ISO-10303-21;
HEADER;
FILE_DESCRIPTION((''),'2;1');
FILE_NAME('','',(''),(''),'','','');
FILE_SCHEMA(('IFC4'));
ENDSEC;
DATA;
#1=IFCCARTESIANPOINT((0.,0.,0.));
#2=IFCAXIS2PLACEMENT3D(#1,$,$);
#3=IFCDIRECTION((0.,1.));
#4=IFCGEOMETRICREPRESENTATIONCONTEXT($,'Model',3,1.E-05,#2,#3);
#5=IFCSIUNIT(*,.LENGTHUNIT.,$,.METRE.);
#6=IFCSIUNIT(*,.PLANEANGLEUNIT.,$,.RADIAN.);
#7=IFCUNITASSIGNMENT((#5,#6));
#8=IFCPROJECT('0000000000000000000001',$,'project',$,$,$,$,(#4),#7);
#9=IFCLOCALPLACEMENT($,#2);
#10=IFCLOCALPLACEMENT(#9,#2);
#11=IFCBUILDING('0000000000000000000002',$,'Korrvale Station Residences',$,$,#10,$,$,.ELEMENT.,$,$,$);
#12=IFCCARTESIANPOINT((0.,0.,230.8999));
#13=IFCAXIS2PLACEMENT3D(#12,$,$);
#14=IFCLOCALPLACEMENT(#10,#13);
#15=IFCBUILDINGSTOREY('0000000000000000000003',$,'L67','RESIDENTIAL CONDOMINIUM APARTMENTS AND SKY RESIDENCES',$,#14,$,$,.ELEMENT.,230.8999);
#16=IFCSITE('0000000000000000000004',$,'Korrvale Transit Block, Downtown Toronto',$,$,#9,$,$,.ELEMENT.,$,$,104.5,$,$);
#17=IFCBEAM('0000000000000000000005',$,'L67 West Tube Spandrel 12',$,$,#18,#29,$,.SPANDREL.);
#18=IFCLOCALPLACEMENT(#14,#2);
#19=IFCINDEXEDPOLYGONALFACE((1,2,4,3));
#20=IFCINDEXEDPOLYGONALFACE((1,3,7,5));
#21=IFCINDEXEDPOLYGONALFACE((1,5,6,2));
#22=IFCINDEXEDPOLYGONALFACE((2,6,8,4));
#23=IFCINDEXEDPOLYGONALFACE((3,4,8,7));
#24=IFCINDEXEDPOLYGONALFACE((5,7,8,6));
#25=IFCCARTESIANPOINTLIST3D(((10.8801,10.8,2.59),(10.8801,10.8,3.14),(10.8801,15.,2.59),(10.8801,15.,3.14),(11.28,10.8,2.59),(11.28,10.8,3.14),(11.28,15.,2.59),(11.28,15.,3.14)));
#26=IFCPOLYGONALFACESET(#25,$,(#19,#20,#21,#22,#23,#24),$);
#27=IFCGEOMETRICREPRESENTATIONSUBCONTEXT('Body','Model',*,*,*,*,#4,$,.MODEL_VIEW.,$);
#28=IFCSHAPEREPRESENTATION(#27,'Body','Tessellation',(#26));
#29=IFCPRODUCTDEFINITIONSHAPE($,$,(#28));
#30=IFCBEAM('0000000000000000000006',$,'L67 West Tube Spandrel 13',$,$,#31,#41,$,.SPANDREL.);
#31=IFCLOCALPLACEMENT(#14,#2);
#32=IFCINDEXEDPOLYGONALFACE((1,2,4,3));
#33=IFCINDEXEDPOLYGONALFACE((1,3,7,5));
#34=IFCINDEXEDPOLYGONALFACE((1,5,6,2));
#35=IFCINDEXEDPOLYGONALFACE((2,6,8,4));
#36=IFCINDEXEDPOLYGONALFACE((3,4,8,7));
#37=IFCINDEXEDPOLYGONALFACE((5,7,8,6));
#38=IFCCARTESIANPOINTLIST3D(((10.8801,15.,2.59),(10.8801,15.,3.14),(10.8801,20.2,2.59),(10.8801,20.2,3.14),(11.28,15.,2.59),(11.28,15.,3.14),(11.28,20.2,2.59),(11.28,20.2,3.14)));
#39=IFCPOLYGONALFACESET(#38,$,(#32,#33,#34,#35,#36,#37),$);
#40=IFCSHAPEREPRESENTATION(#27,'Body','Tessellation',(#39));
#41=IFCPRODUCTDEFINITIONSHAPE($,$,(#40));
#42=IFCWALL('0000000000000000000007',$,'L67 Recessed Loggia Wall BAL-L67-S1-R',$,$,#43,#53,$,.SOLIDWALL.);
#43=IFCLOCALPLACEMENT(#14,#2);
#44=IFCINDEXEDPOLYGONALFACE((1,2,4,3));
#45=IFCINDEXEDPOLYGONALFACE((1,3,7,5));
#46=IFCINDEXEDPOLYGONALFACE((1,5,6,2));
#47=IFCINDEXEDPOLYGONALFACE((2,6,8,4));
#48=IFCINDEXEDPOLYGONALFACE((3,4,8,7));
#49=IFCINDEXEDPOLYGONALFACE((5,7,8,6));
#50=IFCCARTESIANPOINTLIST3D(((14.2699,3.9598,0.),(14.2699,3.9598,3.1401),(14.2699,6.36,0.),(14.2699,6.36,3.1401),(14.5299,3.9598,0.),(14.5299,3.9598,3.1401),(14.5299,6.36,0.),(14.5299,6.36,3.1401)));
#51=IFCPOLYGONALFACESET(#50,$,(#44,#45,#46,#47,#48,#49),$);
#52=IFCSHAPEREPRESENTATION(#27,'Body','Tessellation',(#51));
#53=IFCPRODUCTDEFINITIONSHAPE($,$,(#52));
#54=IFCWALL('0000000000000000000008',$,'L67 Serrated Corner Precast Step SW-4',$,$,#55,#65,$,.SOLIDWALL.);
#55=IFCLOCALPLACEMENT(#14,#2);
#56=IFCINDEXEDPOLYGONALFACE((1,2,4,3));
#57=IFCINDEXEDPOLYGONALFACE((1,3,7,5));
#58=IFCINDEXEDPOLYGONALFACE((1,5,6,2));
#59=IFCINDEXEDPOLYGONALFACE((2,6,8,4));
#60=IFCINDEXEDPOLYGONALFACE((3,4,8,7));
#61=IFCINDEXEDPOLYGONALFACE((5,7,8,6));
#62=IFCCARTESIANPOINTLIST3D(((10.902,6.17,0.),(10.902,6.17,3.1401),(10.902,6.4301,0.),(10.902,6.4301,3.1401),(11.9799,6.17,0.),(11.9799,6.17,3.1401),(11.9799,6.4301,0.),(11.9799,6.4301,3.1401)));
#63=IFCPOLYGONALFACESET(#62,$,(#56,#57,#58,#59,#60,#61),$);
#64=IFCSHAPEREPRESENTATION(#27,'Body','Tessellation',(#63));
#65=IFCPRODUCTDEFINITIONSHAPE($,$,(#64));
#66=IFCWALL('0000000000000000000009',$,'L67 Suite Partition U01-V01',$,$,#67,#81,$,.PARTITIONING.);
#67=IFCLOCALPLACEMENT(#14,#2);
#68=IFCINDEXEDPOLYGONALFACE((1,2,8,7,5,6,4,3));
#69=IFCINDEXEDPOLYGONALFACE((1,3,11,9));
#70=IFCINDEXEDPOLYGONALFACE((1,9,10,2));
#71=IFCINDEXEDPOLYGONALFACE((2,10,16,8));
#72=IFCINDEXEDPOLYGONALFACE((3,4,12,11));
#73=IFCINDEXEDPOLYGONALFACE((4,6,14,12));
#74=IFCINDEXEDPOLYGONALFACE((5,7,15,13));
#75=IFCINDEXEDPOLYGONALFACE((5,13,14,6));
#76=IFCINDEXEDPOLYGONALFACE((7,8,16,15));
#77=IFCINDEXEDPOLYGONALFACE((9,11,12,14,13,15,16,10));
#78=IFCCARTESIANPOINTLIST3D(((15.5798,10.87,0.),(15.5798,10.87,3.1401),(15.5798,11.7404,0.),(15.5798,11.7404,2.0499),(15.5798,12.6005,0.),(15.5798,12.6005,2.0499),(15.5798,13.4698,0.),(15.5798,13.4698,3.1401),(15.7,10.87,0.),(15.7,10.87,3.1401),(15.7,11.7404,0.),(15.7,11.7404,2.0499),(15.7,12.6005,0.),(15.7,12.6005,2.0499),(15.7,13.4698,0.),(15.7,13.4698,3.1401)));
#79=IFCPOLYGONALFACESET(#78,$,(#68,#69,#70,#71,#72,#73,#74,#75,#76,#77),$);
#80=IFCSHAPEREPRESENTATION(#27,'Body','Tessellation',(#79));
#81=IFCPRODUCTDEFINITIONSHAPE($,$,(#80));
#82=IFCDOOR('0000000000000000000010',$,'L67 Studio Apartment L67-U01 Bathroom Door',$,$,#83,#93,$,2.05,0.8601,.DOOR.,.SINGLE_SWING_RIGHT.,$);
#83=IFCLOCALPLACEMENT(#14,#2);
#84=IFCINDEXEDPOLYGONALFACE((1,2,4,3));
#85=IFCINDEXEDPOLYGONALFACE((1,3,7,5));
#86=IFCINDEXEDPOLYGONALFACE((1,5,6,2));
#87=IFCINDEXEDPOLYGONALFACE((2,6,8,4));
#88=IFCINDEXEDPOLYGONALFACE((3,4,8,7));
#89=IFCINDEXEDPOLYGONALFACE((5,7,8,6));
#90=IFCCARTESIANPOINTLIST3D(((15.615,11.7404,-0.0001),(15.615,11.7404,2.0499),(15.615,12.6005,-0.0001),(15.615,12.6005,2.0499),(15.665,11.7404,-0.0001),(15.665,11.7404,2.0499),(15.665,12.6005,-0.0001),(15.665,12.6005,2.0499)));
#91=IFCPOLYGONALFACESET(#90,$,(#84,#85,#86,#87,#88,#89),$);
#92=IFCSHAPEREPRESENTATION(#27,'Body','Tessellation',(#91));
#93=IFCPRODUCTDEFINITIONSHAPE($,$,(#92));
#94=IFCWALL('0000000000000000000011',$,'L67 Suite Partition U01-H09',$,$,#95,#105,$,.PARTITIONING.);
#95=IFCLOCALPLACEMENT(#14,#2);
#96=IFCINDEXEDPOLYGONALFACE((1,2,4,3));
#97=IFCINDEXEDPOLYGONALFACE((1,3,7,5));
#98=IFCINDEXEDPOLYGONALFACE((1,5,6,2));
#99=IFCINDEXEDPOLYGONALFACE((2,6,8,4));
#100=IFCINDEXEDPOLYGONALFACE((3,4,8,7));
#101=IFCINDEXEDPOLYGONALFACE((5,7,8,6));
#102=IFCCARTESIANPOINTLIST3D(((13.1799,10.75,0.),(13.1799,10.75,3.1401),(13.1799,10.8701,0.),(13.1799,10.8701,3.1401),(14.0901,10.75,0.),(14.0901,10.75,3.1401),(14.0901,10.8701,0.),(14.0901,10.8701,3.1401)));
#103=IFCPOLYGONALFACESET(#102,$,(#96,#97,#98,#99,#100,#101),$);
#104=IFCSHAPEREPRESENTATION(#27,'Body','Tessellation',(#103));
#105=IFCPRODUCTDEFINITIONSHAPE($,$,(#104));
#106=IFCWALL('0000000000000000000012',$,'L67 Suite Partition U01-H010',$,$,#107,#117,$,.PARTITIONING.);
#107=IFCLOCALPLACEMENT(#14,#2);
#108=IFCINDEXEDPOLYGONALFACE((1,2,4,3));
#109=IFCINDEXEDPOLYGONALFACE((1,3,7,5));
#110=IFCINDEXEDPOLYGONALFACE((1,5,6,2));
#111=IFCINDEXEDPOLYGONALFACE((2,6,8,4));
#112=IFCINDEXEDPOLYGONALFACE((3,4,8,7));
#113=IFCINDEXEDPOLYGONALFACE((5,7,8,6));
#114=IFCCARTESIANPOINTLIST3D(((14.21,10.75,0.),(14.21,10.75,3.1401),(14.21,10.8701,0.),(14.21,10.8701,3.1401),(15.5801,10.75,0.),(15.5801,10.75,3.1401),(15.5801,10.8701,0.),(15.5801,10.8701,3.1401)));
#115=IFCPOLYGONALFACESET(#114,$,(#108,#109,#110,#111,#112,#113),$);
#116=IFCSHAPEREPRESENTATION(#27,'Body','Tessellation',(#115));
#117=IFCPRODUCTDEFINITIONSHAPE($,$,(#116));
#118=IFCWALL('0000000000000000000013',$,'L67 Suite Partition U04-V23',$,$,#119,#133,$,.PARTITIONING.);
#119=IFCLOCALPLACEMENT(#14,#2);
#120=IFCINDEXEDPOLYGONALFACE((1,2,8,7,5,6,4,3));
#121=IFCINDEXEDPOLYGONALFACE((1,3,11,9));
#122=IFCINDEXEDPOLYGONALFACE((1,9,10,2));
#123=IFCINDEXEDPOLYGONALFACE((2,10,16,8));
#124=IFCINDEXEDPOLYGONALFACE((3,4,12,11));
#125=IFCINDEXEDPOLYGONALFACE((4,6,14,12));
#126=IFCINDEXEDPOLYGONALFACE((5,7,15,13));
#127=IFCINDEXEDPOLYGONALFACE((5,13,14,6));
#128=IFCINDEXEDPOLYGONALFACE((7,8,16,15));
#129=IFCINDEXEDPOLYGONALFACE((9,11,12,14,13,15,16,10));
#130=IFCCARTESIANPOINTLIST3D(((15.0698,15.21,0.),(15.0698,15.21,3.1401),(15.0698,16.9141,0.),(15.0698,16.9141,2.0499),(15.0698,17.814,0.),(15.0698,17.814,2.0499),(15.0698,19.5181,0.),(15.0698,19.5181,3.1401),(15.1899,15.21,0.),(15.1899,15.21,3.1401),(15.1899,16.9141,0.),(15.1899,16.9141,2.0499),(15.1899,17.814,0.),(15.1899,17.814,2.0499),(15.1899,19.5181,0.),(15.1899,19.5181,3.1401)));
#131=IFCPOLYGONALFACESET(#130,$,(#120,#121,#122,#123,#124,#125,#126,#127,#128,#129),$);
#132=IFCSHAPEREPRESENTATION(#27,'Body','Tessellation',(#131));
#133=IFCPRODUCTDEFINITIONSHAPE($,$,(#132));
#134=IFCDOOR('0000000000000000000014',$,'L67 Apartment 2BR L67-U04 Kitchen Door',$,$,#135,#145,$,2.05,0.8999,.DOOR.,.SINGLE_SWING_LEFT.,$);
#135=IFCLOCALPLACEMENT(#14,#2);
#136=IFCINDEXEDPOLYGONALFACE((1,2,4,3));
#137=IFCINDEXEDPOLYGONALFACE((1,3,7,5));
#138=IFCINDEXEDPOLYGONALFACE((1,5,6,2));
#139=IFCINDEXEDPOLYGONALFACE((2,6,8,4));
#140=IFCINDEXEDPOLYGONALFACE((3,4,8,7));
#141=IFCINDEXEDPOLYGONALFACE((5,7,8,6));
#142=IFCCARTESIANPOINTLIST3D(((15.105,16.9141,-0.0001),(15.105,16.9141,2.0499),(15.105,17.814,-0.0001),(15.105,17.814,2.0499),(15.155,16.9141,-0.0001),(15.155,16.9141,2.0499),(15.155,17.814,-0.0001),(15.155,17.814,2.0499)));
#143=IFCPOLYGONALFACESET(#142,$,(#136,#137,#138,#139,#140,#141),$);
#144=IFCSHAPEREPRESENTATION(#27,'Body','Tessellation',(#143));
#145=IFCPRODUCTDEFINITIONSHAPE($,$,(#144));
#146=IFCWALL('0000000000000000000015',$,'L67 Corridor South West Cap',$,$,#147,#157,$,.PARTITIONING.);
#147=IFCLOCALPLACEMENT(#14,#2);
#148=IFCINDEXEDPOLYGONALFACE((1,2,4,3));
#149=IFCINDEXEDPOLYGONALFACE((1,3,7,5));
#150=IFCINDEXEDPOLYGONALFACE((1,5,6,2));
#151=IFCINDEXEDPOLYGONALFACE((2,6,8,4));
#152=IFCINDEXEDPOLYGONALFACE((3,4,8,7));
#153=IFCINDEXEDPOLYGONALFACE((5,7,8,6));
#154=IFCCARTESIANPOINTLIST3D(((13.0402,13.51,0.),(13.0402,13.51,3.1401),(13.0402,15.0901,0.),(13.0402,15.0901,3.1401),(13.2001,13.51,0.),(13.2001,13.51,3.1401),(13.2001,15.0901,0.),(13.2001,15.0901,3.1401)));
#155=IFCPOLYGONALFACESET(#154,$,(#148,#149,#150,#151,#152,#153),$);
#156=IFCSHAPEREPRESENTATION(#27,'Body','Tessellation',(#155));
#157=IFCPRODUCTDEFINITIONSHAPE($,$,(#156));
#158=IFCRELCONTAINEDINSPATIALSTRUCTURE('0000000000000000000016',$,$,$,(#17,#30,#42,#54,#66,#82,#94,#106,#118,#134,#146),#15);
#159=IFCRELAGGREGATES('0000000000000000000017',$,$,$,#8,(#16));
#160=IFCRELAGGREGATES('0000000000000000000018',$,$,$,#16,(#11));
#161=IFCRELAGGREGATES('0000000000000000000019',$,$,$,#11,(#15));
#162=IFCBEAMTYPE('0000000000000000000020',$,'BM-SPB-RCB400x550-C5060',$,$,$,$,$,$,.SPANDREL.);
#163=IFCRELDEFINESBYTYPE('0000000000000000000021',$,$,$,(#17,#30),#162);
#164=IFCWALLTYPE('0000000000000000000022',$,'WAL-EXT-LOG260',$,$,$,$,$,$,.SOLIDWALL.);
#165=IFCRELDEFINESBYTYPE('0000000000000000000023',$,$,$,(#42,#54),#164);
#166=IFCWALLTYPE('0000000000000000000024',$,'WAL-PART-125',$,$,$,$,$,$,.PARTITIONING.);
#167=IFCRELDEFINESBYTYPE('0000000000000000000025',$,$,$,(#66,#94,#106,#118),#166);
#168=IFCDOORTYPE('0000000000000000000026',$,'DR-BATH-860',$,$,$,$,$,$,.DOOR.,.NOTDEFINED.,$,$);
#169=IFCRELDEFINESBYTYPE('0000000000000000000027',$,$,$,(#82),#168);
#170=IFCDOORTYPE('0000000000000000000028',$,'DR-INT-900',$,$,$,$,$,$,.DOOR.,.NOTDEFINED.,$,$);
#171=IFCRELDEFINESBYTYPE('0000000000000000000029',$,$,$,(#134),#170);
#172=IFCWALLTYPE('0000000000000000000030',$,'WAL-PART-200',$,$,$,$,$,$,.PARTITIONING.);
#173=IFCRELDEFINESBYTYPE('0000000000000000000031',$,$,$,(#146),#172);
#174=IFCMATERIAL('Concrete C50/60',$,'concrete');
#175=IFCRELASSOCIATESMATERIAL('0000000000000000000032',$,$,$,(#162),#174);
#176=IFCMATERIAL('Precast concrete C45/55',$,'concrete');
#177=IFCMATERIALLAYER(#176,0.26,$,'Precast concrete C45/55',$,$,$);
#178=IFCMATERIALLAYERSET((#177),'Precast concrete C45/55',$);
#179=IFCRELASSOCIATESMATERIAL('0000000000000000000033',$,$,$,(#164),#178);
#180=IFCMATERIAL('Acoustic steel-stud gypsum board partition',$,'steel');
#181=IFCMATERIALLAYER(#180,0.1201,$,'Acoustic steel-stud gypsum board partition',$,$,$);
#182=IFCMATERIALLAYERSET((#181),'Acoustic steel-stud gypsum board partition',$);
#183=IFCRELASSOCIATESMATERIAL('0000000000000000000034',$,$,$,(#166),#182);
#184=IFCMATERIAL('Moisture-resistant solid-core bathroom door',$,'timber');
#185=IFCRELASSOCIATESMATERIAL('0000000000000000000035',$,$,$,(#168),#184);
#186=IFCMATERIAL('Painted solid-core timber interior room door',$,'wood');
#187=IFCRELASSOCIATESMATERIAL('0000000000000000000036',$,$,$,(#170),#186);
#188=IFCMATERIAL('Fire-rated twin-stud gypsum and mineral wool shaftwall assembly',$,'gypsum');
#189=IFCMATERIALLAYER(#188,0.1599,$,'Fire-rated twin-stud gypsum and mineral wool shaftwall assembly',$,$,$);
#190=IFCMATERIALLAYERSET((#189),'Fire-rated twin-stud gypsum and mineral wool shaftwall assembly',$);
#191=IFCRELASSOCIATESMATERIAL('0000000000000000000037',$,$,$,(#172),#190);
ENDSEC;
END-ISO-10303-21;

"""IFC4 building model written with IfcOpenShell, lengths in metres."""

from ifc_helpers import new_model, si_unit, direction, frame, frame_2d, origin, origin_2d, place, context, subcontext, project, spatial, rectangle, extrude, material, layer, layer_set, material_profile, profile_set, type_object, element, fill, save


model = new_model("IFC4")

# Units and contexts
model_context = context("Model", 3, precision=1e-05, world=origin(), true_north=direction((0.0, 1.0)))
body_context = subcontext(model_context, "Body", "Model", "MODEL_VIEW")
ifc_project = project(units=[si_unit("LENGTHUNIT", "METRE"), si_unit("PLANEANGLEUNIT", "RADIAN")], contexts=[model_context])

# Site, building, storey
site_placement = place(None, origin())
site = spatial("IfcSite", under=ifc_project, at=site_placement, Name="Korrvale Transit Block, Downtown Toronto", CompositionType="ELEMENT", RefElevation=104.5)
building_placement = place(site_placement, origin())
building = spatial("IfcBuilding", under=site, at=building_placement, Name="Korrvale Station Residences", CompositionType="ELEMENT")
storey_placement = place(building_placement, frame((0.0, 0.0, 230.8999)))
storey = spatial("IfcBuildingStorey", under=building, at=storey_placement, Name="L67", Description="RESIDENTIAL CONDOMINIUM APARTMENTS AND SKY RESIDENCES", CompositionType="ELEMENT", Elevation=230.8999)

# Shared definitions
ifc_material_1 = material(Name="Concrete C50/60", Category="concrete")

# Beams
ifc_material_profile_1 = material_profile(ifc_material_1, rectangle(XDim=0.3999, YDim=0.55, at=origin_2d()), Name="RCB400x550")
ifc_profile_set_1 = profile_set([ifc_material_profile_1], Name="Concrete C50/60")
beam_type_1 = type_object("IfcBeamType", Name="BM-SPB-RCB400x550-C5060", PredefinedType="SPANDREL", material=ifc_profile_set_1)
beam_1_placement = place(storey_placement, frame((11.0801, 10.8, 2.865), z_axis=(0.0, 1.0, 0.0), x_axis=(-1.0, 0.0, 0.0)))
element("IfcBeam", 1, at=beam_1_placement, inside=storey, type_object=beam_type_1, Name="L67 West Tube Spandrel 12", PredefinedType="SPANDREL", context=body_context, shape_type="SweptSolid", body=[
    extrude(rectangle(XDim=0.3999, YDim=0.55, at=origin_2d()), origin(), (0.0, 0.0, 1.0), 4.2),
])
beam_2_placement = place(storey_placement, frame((11.0801, 15.0, 2.865), z_axis=(0.0, 1.0, 0.0), x_axis=(-1.0, 0.0, 0.0)))
element("IfcBeam", 2, at=beam_2_placement, inside=storey, type_object=beam_type_1, Name="L67 West Tube Spandrel 13", PredefinedType="SPANDREL", context=body_context, shape_type="SweptSolid", body=[
    extrude(rectangle(XDim=0.3999, YDim=0.55, at=origin_2d()), origin(), (0.0, 0.0, 1.0), 5.2),
])

# Walls
ifc_material_2 = material(Name="Precast concrete C45/55", Category="concrete")
ifc_layer_1 = layer(ifc_material_2, 0.26, Name="Precast concrete C45/55")
ifc_layer_set_1 = layer_set([ifc_layer_1], Name="Precast concrete C45/55")
wall_type_1 = type_object("IfcWallType", Name="WAL-EXT-LOG260", PredefinedType="SOLIDWALL", material=ifc_layer_set_1)
wall_1_placement = place(storey_placement, frame((14.3999, 6.3601, 0.0), z_axis=(0.0, 0.0, 1.0), x_axis=(0.0, -1.0, 0.0)))
element("IfcWall", 3, at=wall_1_placement, inside=storey, type_object=wall_type_1, Name="L67 Recessed Loggia Wall BAL-L67-S1-R", PredefinedType="SOLIDWALL", context=body_context, shape_type="SweptSolid", body=[
    extrude(rectangle(XDim=2.4001, YDim=0.26, at=frame_2d((1.2002, 0.0))), origin(), (0.0, 0.0, 1.0), 3.1401),
])
wall_2_placement = place(storey_placement, frame((11.98, 6.3, 0.0), z_axis=(0.0, 0.0, 1.0), x_axis=(-1.0, 0.0, 0.0)))
element("IfcWall", 4, at=wall_2_placement, inside=storey, type_object=wall_type_1, Name="L67 Serrated Corner Precast Step SW-4", PredefinedType="SOLIDWALL", context=body_context, shape_type="SweptSolid", body=[
    extrude(rectangle(XDim=1.0779, YDim=0.26, at=frame_2d((0.5391, 0.0))), origin(), (0.0, 0.0, 1.0), 3.1401),
])

# Wall, opening, door
ifc_material_3 = material(Name="Acoustic steel-stud gypsum board partition", Category="steel")
ifc_layer_2 = layer(ifc_material_3, 0.1201, Name="Acoustic steel-stud gypsum board partition")
ifc_layer_set_2 = layer_set([ifc_layer_2], Name="Acoustic steel-stud gypsum board partition")
wall_type_2 = type_object("IfcWallType", Name="WAL-PART-125", PredefinedType="PARTITIONING", material=ifc_layer_set_2)
wall_3_placement = place(storey_placement, frame((15.6399, 10.8701, 0.0), z_axis=(0.0, 0.0, 1.0), x_axis=(0.0, 1.0, 0.0)))
wall_3 = element("IfcWall", 5, at=wall_3_placement, inside=storey, type_object=wall_type_2, Name="L67 Suite Partition U01-V01", PredefinedType="PARTITIONING", context=body_context, shape_type="SweptSolid", body=[
    extrude(rectangle(XDim=2.5999, YDim=0.1201, at=frame_2d((1.2998, 0.0))), origin(), (0.0, 0.0, 1.0), 3.1401),
])
opening_1_placement = place(wall_3_placement, frame((0.8701, 0.0, 0.0)))
opening_1 = element("IfcOpeningElement", 6, at=opening_1_placement, cuts=wall_3, PredefinedType="OPENING", context=body_context, shape_type="SweptSolid", body=[
    extrude(rectangle(XDim=0.8601, YDim=2.05, at=frame_2d((0.4302, 1.0249))), frame((0.0, 0.0701, 0.0), z_axis=(0.0, -1.0, 0.0), x_axis=(1.0, 0.0, 0.0)), (0.0, 0.0, 1.0), 0.1401),
])
ifc_material_4 = material(Name="Moisture-resistant solid-core bathroom door", Category="timber")
door_type_1 = type_object("IfcDoorType", Name="DR-BATH-860", OperationType="NOTDEFINED", PredefinedType="DOOR", material=ifc_material_4)
door_1_placement = place(opening_1_placement, origin())
door_1 = element("IfcDoor", 7, at=door_1_placement, inside=storey, type_object=door_type_1, Name="L67 Studio Apartment L67-U01 Bathroom Door", OperationType="SINGLE_SWING_RIGHT", OverallHeight=2.05, OverallWidth=0.8601, PredefinedType="DOOR", context=body_context, shape_type="SweptSolid", body=[
    extrude(rectangle(XDim=0.8601, YDim=2.05, at=frame_2d((0.4302, 1.0249))), frame((0.0, 0.0249, 0.0), z_axis=(0.0, -1.0, 0.0), x_axis=(1.0, 0.0, 0.0)), (0.0, 0.0, 1.0), 0.05),
])
fill(opening_1, door_1)

# Walls
wall_4_placement = place(storey_placement, frame((13.1799, 10.8101, 0.0), z_axis=(0.0, 0.0, 1.0), x_axis=(1.0, 0.0, 0.0)))
element("IfcWall", 8, at=wall_4_placement, inside=storey, type_object=wall_type_2, Name="L67 Suite Partition U01-H09", PredefinedType="PARTITIONING", context=body_context, shape_type="SweptSolid", body=[
    extrude(rectangle(XDim=0.9102, YDim=0.1201, at=frame_2d((0.4551, 0.0))), origin(), (0.0, 0.0, 1.0), 3.1401),
])
wall_5_placement = place(storey_placement, frame((14.21, 10.8101, 0.0), z_axis=(0.0, 0.0, 1.0), x_axis=(1.0, 0.0, 0.0)))
element("IfcWall", 9, at=wall_5_placement, inside=storey, type_object=wall_type_2, Name="L67 Suite Partition U01-H010", PredefinedType="PARTITIONING", context=body_context, shape_type="SweptSolid", body=[
    extrude(rectangle(XDim=1.3701, YDim=0.1201, at=frame_2d((0.6851, 0.0))), origin(), (0.0, 0.0, 1.0), 3.1401),
])

# Wall, opening, door
wall_6_placement = place(storey_placement, frame((15.1299, 15.21, 0.0), z_axis=(0.0, 0.0, 1.0), x_axis=(0.0, 1.0, 0.0)))
wall_6 = element("IfcWall", 10, at=wall_6_placement, inside=storey, type_object=wall_type_2, Name="L67 Suite Partition U04-V23", PredefinedType="PARTITIONING", context=body_context, shape_type="SweptSolid", body=[
    extrude(rectangle(XDim=4.3081, YDim=0.1201, at=frame_2d((2.1541, 0.0))), origin(), (0.0, 0.0, 1.0), 3.1401),
])
opening_2_placement = place(wall_6_placement, frame((1.7041, 0.0, 0.0)))
opening_2 = element("IfcOpeningElement", 11, at=opening_2_placement, cuts=wall_6, PredefinedType="OPENING", context=body_context, shape_type="SweptSolid", body=[
    extrude(rectangle(XDim=0.8999, YDim=2.05, at=frame_2d((0.45, 1.0249))), frame((0.0, 0.0701, 0.0), z_axis=(0.0, -1.0, 0.0), x_axis=(1.0, 0.0, 0.0)), (0.0, 0.0, 1.0), 0.1401),
])
ifc_material_5 = material(Name="Painted solid-core timber interior room door", Category="wood")
door_type_2 = type_object("IfcDoorType", Name="DR-INT-900", OperationType="NOTDEFINED", PredefinedType="DOOR", material=ifc_material_5)
door_2_placement = place(opening_2_placement, origin())
door_2 = element("IfcDoor", 12, at=door_2_placement, inside=storey, type_object=door_type_2, Name="L67 Apartment 2BR L67-U04 Kitchen Door", OperationType="SINGLE_SWING_LEFT", OverallHeight=2.05, OverallWidth=0.8999, PredefinedType="DOOR", context=body_context, shape_type="SweptSolid", body=[
    extrude(rectangle(XDim=0.8999, YDim=2.05, at=frame_2d((0.45, 1.0249))), frame((0.0, 0.0249, 0.0), z_axis=(0.0, -1.0, 0.0), x_axis=(1.0, 0.0, 0.0)), (0.0, 0.0, 1.0), 0.05),
])
fill(opening_2, door_2)

# Wall
ifc_material_6 = material(Name="Fire-rated twin-stud gypsum and mineral wool shaftwall assembly", Category="gypsum")
ifc_layer_3 = layer(ifc_material_6, 0.1599, Name="Fire-rated twin-stud gypsum and mineral wool shaftwall assembly")
ifc_layer_set_3 = layer_set([ifc_layer_3], Name="Fire-rated twin-stud gypsum and mineral wool shaftwall assembly")
wall_type_3 = type_object("IfcWallType", Name="WAL-PART-200", PredefinedType="PARTITIONING", material=ifc_layer_set_3)
wall_7_placement = place(storey_placement, frame((13.1201, 13.51, 0.0), z_axis=(0.0, 0.0, 1.0), x_axis=(0.0, 1.0, 0.0)))
element("IfcWall", 13, at=wall_7_placement, inside=storey, type_object=wall_type_3, Name="L67 Corridor South West Cap", PredefinedType="PARTITIONING", context=body_context, shape_type="SweptSolid", body=[
    extrude(rectangle(XDim=1.5801, YDim=0.1599, at=frame_2d((0.79, 0.0))), origin(), (0.0, 0.0, 1.0), 3.1401),
])

save(model, "model.ifc")
